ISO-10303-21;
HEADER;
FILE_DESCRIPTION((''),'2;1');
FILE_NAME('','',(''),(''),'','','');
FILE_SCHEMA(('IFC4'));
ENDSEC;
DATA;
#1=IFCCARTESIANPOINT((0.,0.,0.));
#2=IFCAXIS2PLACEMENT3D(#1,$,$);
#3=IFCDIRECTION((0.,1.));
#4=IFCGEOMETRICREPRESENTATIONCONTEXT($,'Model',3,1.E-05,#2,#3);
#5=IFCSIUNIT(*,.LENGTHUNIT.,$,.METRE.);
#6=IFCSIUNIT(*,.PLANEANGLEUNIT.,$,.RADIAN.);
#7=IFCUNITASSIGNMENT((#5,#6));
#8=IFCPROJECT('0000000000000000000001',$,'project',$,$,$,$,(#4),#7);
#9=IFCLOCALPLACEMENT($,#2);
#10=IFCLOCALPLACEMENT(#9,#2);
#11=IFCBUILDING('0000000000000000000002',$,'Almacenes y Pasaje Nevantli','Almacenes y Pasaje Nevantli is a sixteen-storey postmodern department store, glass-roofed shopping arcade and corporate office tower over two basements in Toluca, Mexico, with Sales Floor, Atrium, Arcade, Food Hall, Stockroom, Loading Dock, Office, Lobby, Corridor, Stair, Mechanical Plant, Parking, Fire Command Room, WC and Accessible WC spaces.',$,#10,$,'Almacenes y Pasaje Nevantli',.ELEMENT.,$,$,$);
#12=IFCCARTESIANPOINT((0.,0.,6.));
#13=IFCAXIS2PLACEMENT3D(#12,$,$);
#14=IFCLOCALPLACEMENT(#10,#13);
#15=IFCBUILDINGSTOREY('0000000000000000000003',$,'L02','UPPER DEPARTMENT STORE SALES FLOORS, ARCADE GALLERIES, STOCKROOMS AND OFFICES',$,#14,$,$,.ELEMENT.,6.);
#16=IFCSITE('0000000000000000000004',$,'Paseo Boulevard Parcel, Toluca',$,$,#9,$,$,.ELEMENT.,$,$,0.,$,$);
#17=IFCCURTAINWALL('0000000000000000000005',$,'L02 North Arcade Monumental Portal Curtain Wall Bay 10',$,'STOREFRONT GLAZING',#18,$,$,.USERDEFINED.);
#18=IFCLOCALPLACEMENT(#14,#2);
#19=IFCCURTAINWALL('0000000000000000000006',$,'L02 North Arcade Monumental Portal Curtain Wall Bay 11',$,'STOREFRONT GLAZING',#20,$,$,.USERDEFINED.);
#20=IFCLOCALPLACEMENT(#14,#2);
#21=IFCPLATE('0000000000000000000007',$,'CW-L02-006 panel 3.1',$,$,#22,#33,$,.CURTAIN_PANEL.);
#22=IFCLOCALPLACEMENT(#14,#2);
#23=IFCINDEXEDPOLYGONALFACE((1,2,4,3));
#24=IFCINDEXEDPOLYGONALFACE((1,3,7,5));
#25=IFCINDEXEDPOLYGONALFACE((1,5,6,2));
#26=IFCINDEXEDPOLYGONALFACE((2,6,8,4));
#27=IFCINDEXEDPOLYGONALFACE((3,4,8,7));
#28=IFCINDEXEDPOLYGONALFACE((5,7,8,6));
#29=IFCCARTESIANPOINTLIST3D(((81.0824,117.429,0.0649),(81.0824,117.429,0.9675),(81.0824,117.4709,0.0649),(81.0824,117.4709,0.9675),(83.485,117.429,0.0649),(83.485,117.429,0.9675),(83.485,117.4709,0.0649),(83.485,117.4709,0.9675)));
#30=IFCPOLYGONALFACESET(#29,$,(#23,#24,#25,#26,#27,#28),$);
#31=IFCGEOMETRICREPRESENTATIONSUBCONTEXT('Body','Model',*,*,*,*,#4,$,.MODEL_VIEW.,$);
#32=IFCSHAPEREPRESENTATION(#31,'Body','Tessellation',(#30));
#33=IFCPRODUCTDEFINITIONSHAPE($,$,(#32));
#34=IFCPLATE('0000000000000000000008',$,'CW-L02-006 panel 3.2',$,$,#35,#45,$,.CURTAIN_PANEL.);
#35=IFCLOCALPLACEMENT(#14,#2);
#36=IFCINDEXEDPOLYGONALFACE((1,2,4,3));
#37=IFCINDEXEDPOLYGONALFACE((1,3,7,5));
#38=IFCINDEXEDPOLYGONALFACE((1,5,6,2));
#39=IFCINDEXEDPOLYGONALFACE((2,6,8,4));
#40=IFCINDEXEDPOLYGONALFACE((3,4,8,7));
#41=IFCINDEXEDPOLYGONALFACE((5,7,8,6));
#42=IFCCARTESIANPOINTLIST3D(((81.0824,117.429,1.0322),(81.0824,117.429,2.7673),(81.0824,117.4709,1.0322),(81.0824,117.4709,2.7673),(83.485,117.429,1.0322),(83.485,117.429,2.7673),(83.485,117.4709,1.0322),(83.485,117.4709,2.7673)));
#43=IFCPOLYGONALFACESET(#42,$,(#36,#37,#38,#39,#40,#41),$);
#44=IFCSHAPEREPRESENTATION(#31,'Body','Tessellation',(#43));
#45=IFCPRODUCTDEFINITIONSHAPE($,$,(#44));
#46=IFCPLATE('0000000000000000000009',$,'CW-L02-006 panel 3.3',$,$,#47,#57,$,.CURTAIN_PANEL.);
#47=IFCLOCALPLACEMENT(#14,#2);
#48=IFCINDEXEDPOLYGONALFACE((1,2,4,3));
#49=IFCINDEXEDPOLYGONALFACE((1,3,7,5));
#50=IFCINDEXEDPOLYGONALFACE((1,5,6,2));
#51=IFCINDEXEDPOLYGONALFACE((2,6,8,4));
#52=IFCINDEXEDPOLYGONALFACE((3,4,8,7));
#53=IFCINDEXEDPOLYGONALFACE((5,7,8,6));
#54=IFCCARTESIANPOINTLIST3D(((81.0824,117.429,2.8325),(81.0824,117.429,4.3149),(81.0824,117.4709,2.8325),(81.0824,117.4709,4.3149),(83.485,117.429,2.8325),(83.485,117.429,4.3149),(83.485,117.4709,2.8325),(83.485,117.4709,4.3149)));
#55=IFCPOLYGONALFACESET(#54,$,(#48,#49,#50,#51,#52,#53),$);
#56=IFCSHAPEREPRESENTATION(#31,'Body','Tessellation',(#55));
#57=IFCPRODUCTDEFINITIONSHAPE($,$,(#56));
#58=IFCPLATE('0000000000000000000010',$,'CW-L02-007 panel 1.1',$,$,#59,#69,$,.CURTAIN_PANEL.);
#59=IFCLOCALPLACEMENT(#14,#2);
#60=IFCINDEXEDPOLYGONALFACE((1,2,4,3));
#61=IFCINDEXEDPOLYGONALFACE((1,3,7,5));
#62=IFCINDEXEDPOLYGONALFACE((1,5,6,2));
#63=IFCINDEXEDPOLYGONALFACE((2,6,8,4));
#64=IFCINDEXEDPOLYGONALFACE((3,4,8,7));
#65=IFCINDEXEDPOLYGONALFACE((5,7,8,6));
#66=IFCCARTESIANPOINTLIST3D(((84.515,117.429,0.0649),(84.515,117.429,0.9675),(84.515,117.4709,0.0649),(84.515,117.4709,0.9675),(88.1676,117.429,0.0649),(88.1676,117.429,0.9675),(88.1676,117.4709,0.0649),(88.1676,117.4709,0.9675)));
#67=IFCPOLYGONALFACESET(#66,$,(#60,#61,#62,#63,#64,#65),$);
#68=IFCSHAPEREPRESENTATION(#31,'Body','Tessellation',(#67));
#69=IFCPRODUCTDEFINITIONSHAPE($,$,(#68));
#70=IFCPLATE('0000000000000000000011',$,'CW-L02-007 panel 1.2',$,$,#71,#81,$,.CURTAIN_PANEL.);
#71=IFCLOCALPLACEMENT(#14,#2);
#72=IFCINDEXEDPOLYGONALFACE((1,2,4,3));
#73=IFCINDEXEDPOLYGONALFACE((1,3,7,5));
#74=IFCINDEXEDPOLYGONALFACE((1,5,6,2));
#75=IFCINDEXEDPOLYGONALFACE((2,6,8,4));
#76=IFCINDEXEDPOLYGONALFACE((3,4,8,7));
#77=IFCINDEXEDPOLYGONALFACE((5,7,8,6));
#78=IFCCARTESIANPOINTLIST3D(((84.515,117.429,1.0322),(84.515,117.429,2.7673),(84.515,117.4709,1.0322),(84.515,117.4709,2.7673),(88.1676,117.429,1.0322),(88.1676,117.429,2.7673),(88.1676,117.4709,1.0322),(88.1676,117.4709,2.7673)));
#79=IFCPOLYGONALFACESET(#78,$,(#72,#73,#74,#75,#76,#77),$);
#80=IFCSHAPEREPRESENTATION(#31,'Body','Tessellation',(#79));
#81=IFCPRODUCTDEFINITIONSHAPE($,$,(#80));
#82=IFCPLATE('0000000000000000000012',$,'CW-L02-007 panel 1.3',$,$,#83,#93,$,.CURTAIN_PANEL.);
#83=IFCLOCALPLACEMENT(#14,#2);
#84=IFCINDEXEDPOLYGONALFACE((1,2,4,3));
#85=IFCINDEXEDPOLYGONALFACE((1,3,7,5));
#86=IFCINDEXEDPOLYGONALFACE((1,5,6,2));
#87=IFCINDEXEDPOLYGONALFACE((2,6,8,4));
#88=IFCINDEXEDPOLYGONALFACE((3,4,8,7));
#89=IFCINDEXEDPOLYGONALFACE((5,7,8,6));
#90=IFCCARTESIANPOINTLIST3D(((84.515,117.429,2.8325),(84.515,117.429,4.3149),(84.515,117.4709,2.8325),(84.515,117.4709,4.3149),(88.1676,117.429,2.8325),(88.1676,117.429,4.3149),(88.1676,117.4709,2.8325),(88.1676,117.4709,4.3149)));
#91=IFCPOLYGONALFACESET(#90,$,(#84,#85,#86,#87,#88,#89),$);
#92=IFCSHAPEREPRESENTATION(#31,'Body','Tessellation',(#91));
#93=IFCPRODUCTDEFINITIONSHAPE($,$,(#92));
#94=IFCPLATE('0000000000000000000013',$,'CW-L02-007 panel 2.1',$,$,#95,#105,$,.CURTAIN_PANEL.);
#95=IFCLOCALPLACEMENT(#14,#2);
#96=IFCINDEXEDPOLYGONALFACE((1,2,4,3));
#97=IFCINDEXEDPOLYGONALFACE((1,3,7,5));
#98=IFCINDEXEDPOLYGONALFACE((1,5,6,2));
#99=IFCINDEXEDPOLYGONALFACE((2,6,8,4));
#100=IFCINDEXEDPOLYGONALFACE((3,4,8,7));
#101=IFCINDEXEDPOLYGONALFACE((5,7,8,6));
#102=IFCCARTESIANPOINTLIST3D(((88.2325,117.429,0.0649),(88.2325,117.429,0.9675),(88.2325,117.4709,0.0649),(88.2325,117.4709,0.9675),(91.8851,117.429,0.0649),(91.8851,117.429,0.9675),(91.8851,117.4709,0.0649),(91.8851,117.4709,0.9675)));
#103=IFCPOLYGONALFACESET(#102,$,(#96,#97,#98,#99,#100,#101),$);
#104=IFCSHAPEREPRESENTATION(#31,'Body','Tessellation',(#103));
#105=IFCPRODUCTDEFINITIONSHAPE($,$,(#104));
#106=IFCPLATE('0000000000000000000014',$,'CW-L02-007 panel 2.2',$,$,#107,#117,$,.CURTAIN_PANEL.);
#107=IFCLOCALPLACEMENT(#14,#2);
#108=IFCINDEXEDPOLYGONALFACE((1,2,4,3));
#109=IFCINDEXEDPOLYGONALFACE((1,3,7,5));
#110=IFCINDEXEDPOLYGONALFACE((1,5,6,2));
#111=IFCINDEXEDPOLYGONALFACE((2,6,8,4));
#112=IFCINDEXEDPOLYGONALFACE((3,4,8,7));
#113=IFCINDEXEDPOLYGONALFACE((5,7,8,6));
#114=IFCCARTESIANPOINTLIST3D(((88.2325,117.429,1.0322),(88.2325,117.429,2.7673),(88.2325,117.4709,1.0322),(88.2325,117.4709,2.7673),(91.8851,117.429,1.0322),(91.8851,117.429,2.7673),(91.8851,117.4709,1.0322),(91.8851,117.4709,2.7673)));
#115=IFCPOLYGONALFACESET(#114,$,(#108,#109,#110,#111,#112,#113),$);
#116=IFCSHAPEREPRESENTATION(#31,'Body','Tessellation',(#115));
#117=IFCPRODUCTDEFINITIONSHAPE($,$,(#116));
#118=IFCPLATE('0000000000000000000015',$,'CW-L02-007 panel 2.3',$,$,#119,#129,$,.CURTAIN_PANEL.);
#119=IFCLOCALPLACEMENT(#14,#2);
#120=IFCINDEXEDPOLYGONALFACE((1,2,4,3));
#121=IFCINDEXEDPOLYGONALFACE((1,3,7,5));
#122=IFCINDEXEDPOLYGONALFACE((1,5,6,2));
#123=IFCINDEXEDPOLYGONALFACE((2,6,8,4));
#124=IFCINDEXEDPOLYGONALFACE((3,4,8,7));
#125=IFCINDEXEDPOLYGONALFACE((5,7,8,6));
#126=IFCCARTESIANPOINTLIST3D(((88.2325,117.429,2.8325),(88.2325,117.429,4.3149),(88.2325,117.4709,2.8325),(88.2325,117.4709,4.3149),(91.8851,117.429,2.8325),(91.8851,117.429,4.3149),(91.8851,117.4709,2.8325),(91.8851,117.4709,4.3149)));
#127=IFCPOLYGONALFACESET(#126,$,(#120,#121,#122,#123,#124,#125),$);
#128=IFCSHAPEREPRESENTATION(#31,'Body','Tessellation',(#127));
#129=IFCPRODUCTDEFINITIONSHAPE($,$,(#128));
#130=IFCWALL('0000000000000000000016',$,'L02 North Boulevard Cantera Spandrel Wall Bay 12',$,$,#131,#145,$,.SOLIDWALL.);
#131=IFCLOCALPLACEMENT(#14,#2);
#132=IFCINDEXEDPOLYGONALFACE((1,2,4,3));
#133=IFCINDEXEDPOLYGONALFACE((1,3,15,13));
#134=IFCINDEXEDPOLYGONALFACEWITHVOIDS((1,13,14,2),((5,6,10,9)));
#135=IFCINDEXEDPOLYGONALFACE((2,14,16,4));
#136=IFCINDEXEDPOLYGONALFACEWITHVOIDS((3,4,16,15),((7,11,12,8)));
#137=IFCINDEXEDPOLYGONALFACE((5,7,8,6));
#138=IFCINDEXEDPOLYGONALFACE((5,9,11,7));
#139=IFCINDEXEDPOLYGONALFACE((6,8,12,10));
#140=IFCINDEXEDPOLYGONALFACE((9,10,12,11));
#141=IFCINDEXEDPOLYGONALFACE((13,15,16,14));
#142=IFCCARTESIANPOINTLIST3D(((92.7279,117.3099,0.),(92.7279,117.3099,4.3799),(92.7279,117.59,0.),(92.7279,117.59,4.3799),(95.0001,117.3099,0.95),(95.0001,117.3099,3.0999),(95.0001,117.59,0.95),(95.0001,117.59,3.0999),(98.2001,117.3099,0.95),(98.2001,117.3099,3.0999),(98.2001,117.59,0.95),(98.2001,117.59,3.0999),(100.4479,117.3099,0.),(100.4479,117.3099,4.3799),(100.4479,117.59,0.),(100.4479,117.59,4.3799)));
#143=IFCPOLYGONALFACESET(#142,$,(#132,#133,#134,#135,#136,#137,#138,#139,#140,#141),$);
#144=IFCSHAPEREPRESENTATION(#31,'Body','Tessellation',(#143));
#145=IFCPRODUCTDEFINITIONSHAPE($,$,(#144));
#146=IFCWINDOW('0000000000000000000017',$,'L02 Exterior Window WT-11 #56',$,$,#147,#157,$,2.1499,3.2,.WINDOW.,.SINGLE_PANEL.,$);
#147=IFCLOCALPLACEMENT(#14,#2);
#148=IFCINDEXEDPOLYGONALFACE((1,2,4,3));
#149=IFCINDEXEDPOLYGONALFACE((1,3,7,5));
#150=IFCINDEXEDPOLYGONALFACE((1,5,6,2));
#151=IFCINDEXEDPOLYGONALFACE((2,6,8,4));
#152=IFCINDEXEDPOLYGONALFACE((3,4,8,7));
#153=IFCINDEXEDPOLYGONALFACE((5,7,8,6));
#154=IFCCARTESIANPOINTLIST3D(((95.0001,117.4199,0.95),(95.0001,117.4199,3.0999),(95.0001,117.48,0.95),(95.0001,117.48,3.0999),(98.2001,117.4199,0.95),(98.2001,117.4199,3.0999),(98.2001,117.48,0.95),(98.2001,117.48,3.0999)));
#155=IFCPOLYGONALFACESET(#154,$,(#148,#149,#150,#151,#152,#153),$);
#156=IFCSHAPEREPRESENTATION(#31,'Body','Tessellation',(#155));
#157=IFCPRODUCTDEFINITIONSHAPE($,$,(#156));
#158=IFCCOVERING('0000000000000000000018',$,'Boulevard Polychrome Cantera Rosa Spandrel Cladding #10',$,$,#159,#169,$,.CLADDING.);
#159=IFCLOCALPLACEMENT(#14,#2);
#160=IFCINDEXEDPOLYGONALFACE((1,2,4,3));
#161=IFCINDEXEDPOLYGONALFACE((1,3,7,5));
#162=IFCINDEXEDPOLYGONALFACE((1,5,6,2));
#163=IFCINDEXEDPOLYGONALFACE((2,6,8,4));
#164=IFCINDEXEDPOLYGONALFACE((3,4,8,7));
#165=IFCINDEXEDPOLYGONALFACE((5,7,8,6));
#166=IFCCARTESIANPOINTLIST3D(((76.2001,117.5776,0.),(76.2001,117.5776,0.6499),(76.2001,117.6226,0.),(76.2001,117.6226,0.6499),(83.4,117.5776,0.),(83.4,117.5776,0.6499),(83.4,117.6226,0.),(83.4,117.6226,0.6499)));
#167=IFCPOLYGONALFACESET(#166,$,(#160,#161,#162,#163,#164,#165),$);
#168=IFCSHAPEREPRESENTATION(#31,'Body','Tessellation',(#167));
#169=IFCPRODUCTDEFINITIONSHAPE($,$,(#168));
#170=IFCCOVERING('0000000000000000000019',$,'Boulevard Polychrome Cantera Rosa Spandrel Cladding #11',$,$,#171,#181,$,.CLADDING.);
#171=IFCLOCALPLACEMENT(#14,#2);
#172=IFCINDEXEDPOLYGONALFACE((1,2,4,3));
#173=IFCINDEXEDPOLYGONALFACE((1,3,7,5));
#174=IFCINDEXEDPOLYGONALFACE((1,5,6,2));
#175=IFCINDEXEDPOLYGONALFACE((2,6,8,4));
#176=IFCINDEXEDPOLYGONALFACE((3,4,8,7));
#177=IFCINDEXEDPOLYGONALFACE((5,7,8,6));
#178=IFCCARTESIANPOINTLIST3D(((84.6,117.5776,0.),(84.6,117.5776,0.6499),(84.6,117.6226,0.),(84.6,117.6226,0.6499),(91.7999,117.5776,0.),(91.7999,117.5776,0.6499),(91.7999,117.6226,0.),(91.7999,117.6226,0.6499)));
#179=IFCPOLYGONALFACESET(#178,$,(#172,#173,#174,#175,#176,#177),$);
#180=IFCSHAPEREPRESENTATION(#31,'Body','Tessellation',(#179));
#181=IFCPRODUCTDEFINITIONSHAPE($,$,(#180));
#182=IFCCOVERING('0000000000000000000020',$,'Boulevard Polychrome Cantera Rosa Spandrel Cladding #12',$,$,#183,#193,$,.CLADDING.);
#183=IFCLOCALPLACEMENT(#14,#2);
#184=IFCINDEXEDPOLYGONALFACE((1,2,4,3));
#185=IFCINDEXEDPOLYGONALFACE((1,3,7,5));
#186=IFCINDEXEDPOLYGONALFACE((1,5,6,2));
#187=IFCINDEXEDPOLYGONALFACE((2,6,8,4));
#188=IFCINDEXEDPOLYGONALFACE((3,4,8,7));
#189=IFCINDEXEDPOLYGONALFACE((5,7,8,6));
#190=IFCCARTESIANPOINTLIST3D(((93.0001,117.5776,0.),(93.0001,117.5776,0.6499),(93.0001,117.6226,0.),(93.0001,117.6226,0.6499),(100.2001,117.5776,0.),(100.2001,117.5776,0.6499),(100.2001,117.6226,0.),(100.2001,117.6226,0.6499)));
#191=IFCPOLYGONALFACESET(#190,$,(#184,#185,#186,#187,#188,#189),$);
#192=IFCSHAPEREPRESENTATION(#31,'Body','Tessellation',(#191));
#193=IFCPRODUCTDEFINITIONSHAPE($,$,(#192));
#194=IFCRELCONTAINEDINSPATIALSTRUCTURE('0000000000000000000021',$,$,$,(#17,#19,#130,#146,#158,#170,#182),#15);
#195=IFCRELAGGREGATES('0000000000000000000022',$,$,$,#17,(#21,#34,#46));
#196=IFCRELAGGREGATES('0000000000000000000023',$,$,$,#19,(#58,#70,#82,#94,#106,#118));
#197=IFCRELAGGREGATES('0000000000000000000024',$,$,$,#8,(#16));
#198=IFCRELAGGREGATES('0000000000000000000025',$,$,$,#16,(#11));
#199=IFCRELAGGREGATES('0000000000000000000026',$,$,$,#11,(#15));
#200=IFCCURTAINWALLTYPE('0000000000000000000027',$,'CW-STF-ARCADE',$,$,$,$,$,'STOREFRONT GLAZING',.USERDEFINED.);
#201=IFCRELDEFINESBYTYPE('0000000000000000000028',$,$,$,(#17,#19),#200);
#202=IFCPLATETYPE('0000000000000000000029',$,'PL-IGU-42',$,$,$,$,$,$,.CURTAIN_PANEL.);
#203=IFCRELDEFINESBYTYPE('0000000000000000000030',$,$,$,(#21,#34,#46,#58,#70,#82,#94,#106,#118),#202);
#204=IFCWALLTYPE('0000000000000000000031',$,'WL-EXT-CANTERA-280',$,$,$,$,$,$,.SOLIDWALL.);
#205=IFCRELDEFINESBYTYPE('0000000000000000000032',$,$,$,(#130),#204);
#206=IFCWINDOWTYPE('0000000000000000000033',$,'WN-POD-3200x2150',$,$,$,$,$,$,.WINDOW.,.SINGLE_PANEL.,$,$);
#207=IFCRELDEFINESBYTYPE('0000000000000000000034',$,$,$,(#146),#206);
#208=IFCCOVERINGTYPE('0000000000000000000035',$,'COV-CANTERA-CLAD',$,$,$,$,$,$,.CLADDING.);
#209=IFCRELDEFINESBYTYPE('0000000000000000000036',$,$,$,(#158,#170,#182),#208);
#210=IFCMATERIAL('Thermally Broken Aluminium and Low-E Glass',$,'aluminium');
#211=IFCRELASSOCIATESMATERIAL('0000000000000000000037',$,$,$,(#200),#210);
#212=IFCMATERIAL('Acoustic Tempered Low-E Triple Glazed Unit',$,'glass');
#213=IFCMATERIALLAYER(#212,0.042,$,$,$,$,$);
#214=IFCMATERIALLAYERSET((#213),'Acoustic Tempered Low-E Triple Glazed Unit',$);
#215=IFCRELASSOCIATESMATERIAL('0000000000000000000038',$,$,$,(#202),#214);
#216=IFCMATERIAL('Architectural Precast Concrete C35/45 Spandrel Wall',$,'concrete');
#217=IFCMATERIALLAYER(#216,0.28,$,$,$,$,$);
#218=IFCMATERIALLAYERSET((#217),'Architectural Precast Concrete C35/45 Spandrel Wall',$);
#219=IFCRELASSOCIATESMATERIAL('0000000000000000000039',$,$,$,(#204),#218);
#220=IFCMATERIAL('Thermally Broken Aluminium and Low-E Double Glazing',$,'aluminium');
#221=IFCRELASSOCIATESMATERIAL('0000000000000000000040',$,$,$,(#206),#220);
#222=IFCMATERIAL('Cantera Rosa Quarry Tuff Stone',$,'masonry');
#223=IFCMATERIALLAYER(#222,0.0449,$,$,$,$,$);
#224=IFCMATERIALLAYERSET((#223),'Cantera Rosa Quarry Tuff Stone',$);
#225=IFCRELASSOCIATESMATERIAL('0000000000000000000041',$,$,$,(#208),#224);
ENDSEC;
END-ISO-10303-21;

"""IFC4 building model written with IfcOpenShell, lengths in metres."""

from ifc_helpers import new_model, si_unit, direction, frame, frame_2d, origin, origin_2d, place, context, subcontext, project, spatial, rectangle, extrude, material, layer, layer_set, type_object, element, fill, aggregate, save


model = new_model("IFC4")

# Units and contexts
model_context = context("Model", 3, precision=1e-05, world=origin(), true_north=direction((0.0, 1.0)))
body_context = subcontext(model_context, "Body", "Model", "MODEL_VIEW")
ifc_project = project(units=[si_unit("LENGTHUNIT", "METRE"), si_unit("PLANEANGLEUNIT", "RADIAN")], contexts=[model_context])

# Site, building, storey
site_placement = place(None, origin())
site = spatial("IfcSite", under=ifc_project, at=site_placement, Name="Paseo Boulevard Parcel, Toluca", CompositionType="ELEMENT", RefElevation=0.0)
building_placement = place(site_placement, origin())
building = spatial("IfcBuilding", under=site, at=building_placement, Name="Almacenes y Pasaje Nevantli", Description="Almacenes y Pasaje Nevantli is a sixteen-storey postmodern department store, glass-roofed shopping arcade and corporate office tower over two basements in Toluca, Mexico, with Sales Floor, Atrium, Arcade, Food Hall, Stockroom, Loading Dock, Office, Lobby, Corridor, Stair, Mechanical Plant, Parking, Fire Command Room, WC and Accessible WC spaces.", LongName="Almacenes y Pasaje Nevantli", CompositionType="ELEMENT")
storey_placement = place(building_placement, frame((0.0, 0.0, 6.0)))
storey = spatial("IfcBuildingStorey", under=building, at=storey_placement, Name="L02", Description="UPPER DEPARTMENT STORE SALES FLOORS, ARCADE GALLERIES, STOCKROOMS AND OFFICES", CompositionType="ELEMENT", Elevation=6.0)

# Curtain walls
ifc_material_1 = material(Name="Thermally Broken Aluminium and Low-E Glass", Category="aluminium")
curtain_wall_type = type_object("IfcCurtainWallType", Name="CW-STF-ARCADE", ElementType="STOREFRONT GLAZING", PredefinedType="USERDEFINED", material=ifc_material_1)
curtain_wall_1_placement = place(storey_placement, origin())
curtain_wall_1 = element("IfcCurtainWall", 1, at=curtain_wall_1_placement, inside=storey, type_object=curtain_wall_type, Name="L02 North Arcade Monumental Portal Curtain Wall Bay 10", ObjectType="STOREFRONT GLAZING", PredefinedType="USERDEFINED")
curtain_wall_2_placement = place(storey_placement, origin())
curtain_wall_2 = element("IfcCurtainWall", 2, at=curtain_wall_2_placement, inside=storey, type_object=curtain_wall_type, Name="L02 North Arcade Monumental Portal Curtain Wall Bay 11", ObjectType="STOREFRONT GLAZING", PredefinedType="USERDEFINED")

# Plates
ifc_material_2 = material(Name="Acoustic Tempered Low-E Triple Glazed Unit", Category="glass")
ifc_layer_1 = layer(ifc_material_2, 0.042)
ifc_layer_set_1 = layer_set([ifc_layer_1], Name="Acoustic Tempered Low-E Triple Glazed Unit")
plate_type = type_object("IfcPlateType", Name="PL-IGU-42", PredefinedType="CURTAIN_PANEL", material=ifc_layer_set_1)
plate_1_placement = place(storey_placement, frame((82.2837, 117.45, 0.0649), z_axis=(0.0, 0.0, 1.0), x_axis=(1.0, 0.0, 0.0)))
plate_1 = element("IfcPlate", 3, at=plate_1_placement, type_object=plate_type, Name="CW-L02-006 panel 3.1", PredefinedType="CURTAIN_PANEL", context=body_context, shape_type="SweptSolid", body=[
    extrude(rectangle(XDim=2.4026, YDim=0.042, at=origin_2d()), origin(), (0.0, 0.0, 1.0), 0.9026),
])
plate_2_placement = place(storey_placement, frame((82.2837, 117.45, 1.0322), z_axis=(0.0, 0.0, 1.0), x_axis=(1.0, 0.0, 0.0)))
plate_2 = element("IfcPlate", 4, at=plate_2_placement, type_object=plate_type, Name="CW-L02-006 panel 3.2", PredefinedType="CURTAIN_PANEL", context=body_context, shape_type="SweptSolid", body=[
    extrude(rectangle(XDim=2.4026, YDim=0.042, at=origin_2d()), origin(), (0.0, 0.0, 1.0), 1.7351),
])
plate_3_placement = place(storey_placement, frame((82.2837, 117.45, 2.8325), z_axis=(0.0, 0.0, 1.0), x_axis=(1.0, 0.0, 0.0)))
plate_3 = element("IfcPlate", 5, at=plate_3_placement, type_object=plate_type, Name="CW-L02-006 panel 3.3", PredefinedType="CURTAIN_PANEL", context=body_context, shape_type="SweptSolid", body=[
    extrude(rectangle(XDim=2.4026, YDim=0.042, at=origin_2d()), origin(), (0.0, 0.0, 1.0), 1.4824),
])
aggregate(curtain_wall_1, [plate_1, plate_2, plate_3])
plate_4_placement = place(storey_placement, frame((86.3413, 117.45, 0.0649), z_axis=(0.0, 0.0, 1.0), x_axis=(1.0, 0.0, 0.0)))
plate_4 = element("IfcPlate", 6, at=plate_4_placement, type_object=plate_type, Name="CW-L02-007 panel 1.1", PredefinedType="CURTAIN_PANEL", context=body_context, shape_type="SweptSolid", body=[
    extrude(rectangle(XDim=3.6526, YDim=0.042, at=origin_2d()), origin(), (0.0, 0.0, 1.0), 0.9026),
])
plate_5_placement = place(storey_placement, frame((86.3413, 117.45, 1.0322), z_axis=(0.0, 0.0, 1.0), x_axis=(1.0, 0.0, 0.0)))
plate_5 = element("IfcPlate", 7, at=plate_5_placement, type_object=plate_type, Name="CW-L02-007 panel 1.2", PredefinedType="CURTAIN_PANEL", context=body_context, shape_type="SweptSolid", body=[
    extrude(rectangle(XDim=3.6526, YDim=0.042, at=origin_2d()), origin(), (0.0, 0.0, 1.0), 1.7351),
])
plate_6_placement = place(storey_placement, frame((86.3413, 117.45, 2.8325), z_axis=(0.0, 0.0, 1.0), x_axis=(1.0, 0.0, 0.0)))
plate_6 = element("IfcPlate", 8, at=plate_6_placement, type_object=plate_type, Name="CW-L02-007 panel 1.3", PredefinedType="CURTAIN_PANEL", context=body_context, shape_type="SweptSolid", body=[
    extrude(rectangle(XDim=3.6526, YDim=0.042, at=origin_2d()), origin(), (0.0, 0.0, 1.0), 1.4824),
])
plate_7_placement = place(storey_placement, frame((90.0588, 117.45, 0.0649), z_axis=(0.0, 0.0, 1.0), x_axis=(1.0, 0.0, 0.0)))
plate_7 = element("IfcPlate", 9, at=plate_7_placement, type_object=plate_type, Name="CW-L02-007 panel 2.1", PredefinedType="CURTAIN_PANEL", context=body_context, shape_type="SweptSolid", body=[
    extrude(rectangle(XDim=3.6526, YDim=0.042, at=origin_2d()), origin(), (0.0, 0.0, 1.0), 0.9026),
])
plate_8_placement = place(storey_placement, frame((90.0588, 117.45, 1.0322), z_axis=(0.0, 0.0, 1.0), x_axis=(1.0, 0.0, 0.0)))
plate_8 = element("IfcPlate", 10, at=plate_8_placement, type_object=plate_type, Name="CW-L02-007 panel 2.2", PredefinedType="CURTAIN_PANEL", context=body_context, shape_type="SweptSolid", body=[
    extrude(rectangle(XDim=3.6526, YDim=0.042, at=origin_2d()), origin(), (0.0, 0.0, 1.0), 1.7351),
])
plate_9_placement = place(storey_placement, frame((90.0588, 117.45, 2.8325), z_axis=(0.0, 0.0, 1.0), x_axis=(1.0, 0.0, 0.0)))
plate_9 = element("IfcPlate", 11, at=plate_9_placement, type_object=plate_type, Name="CW-L02-007 panel 2.3", PredefinedType="CURTAIN_PANEL", context=body_context, shape_type="SweptSolid", body=[
    extrude(rectangle(XDim=3.6526, YDim=0.042, at=origin_2d()), origin(), (0.0, 0.0, 1.0), 1.4824),
])
aggregate(curtain_wall_2, [plate_4, plate_5, plate_6, plate_7, plate_8, plate_9])

# Wall, opening, window
ifc_material_3 = material(Name="Architectural Precast Concrete C35/45 Spandrel Wall", Category="concrete")
ifc_layer_2 = layer(ifc_material_3, 0.28)
ifc_layer_set_2 = layer_set([ifc_layer_2], Name="Architectural Precast Concrete C35/45 Spandrel Wall")
wall_type = type_object("IfcWallType", Name="WL-EXT-CANTERA-280", PredefinedType="SOLIDWALL", material=ifc_layer_set_2)
wall_placement = place(storey_placement, frame((92.728, 117.45, 0.0), z_axis=(0.0, 0.0, 1.0), x_axis=(1.0, 0.0, 0.0)))
wall = element("IfcWall", 12, at=wall_placement, inside=storey, type_object=wall_type, Name="L02 North Boulevard Cantera Spandrel Wall Bay 12", PredefinedType="SOLIDWALL", context=body_context, shape_type="SweptSolid", body=[
    extrude(rectangle(XDim=7.72, YDim=0.28, at=frame_2d((3.8599, 0.0))), origin(), (0.0, 0.0, 1.0), 4.3799),
])
opening_placement = place(wall_placement, frame((2.272, 0.0, 0.95)))
opening = element("IfcOpeningElement", 13, at=opening_placement, cuts=wall, PredefinedType="OPENING", context=body_context, shape_type="SweptSolid", body=[
    extrude(rectangle(XDim=3.2, YDim=2.1499, at=frame_2d((1.6001, 1.075))), frame((0.0, 0.1499, 0.0), z_axis=(0.0, -1.0, 0.0), x_axis=(1.0, 0.0, 0.0)), (0.0, 0.0, 1.0), 0.3),
])
ifc_material_4 = material(Name="Thermally Broken Aluminium and Low-E Double Glazing", Category="aluminium")
window_type = type_object("IfcWindowType", Name="WN-POD-3200x2150", PartitioningType="SINGLE_PANEL", PredefinedType="WINDOW", material=ifc_material_4)
window_placement = place(opening_placement, origin())
window = element("IfcWindow", 14, at=window_placement, inside=storey, type_object=window_type, Name="L02 Exterior Window WT-11 #56", OverallHeight=2.1499, OverallWidth=3.2, PartitioningType="SINGLE_PANEL", PredefinedType="WINDOW", context=body_context, shape_type="SweptSolid", body=[
    extrude(rectangle(XDim=3.2, YDim=2.1499, at=frame_2d((1.6001, 1.075))), frame((0.0, 0.03, 0.0), z_axis=(0.0, -1.0, 0.0), x_axis=(1.0, 0.0, 0.0)), (0.0, 0.0, 1.0), 0.0601),
])
fill(opening, window)

# Coverings
ifc_material_5 = material(Name="Cantera Rosa Quarry Tuff Stone", Category="masonry")
ifc_layer_3 = layer(ifc_material_5, 0.0449)
ifc_layer_set_3 = layer_set([ifc_layer_3], Name="Cantera Rosa Quarry Tuff Stone")
covering_type = type_object("IfcCoveringType", Name="COV-CANTERA-CLAD", PredefinedType="CLADDING", material=ifc_layer_set_3)
for number, where, z_axis, x_axis, name in (
    (15, (79.8, 117.6001, 0.0), (0.0, 0.0, 1.0), (1.0, 0.0, 0.0), "Boulevard Polychrome Cantera Rosa Spandrel Cladding #10"),
    (16, (88.2, 117.6001, 0.0), (0.0, 0.0, 1.0), (1.0, 0.0, 0.0), "Boulevard Polychrome Cantera Rosa Spandrel Cladding #11"),
    (17, (96.6001, 117.6001, 0.0), (0.0, 0.0, 1.0), (1.0, 0.0, 0.0), "Boulevard Polychrome Cantera Rosa Spandrel Cladding #12"),
):
    element("IfcCovering", number, at=place(storey_placement, frame(where, z_axis=z_axis, x_axis=x_axis)), inside=storey, type_object=covering_type, Name=name, PredefinedType="CLADDING", context=body_context, shape_type="SweptSolid", body=[
        extrude(rectangle(XDim=7.2, YDim=0.0449, at=origin_2d()), origin(), (0.0, 0.0, 1.0), 0.6499),
    ])

save(model, "model.ifc")
